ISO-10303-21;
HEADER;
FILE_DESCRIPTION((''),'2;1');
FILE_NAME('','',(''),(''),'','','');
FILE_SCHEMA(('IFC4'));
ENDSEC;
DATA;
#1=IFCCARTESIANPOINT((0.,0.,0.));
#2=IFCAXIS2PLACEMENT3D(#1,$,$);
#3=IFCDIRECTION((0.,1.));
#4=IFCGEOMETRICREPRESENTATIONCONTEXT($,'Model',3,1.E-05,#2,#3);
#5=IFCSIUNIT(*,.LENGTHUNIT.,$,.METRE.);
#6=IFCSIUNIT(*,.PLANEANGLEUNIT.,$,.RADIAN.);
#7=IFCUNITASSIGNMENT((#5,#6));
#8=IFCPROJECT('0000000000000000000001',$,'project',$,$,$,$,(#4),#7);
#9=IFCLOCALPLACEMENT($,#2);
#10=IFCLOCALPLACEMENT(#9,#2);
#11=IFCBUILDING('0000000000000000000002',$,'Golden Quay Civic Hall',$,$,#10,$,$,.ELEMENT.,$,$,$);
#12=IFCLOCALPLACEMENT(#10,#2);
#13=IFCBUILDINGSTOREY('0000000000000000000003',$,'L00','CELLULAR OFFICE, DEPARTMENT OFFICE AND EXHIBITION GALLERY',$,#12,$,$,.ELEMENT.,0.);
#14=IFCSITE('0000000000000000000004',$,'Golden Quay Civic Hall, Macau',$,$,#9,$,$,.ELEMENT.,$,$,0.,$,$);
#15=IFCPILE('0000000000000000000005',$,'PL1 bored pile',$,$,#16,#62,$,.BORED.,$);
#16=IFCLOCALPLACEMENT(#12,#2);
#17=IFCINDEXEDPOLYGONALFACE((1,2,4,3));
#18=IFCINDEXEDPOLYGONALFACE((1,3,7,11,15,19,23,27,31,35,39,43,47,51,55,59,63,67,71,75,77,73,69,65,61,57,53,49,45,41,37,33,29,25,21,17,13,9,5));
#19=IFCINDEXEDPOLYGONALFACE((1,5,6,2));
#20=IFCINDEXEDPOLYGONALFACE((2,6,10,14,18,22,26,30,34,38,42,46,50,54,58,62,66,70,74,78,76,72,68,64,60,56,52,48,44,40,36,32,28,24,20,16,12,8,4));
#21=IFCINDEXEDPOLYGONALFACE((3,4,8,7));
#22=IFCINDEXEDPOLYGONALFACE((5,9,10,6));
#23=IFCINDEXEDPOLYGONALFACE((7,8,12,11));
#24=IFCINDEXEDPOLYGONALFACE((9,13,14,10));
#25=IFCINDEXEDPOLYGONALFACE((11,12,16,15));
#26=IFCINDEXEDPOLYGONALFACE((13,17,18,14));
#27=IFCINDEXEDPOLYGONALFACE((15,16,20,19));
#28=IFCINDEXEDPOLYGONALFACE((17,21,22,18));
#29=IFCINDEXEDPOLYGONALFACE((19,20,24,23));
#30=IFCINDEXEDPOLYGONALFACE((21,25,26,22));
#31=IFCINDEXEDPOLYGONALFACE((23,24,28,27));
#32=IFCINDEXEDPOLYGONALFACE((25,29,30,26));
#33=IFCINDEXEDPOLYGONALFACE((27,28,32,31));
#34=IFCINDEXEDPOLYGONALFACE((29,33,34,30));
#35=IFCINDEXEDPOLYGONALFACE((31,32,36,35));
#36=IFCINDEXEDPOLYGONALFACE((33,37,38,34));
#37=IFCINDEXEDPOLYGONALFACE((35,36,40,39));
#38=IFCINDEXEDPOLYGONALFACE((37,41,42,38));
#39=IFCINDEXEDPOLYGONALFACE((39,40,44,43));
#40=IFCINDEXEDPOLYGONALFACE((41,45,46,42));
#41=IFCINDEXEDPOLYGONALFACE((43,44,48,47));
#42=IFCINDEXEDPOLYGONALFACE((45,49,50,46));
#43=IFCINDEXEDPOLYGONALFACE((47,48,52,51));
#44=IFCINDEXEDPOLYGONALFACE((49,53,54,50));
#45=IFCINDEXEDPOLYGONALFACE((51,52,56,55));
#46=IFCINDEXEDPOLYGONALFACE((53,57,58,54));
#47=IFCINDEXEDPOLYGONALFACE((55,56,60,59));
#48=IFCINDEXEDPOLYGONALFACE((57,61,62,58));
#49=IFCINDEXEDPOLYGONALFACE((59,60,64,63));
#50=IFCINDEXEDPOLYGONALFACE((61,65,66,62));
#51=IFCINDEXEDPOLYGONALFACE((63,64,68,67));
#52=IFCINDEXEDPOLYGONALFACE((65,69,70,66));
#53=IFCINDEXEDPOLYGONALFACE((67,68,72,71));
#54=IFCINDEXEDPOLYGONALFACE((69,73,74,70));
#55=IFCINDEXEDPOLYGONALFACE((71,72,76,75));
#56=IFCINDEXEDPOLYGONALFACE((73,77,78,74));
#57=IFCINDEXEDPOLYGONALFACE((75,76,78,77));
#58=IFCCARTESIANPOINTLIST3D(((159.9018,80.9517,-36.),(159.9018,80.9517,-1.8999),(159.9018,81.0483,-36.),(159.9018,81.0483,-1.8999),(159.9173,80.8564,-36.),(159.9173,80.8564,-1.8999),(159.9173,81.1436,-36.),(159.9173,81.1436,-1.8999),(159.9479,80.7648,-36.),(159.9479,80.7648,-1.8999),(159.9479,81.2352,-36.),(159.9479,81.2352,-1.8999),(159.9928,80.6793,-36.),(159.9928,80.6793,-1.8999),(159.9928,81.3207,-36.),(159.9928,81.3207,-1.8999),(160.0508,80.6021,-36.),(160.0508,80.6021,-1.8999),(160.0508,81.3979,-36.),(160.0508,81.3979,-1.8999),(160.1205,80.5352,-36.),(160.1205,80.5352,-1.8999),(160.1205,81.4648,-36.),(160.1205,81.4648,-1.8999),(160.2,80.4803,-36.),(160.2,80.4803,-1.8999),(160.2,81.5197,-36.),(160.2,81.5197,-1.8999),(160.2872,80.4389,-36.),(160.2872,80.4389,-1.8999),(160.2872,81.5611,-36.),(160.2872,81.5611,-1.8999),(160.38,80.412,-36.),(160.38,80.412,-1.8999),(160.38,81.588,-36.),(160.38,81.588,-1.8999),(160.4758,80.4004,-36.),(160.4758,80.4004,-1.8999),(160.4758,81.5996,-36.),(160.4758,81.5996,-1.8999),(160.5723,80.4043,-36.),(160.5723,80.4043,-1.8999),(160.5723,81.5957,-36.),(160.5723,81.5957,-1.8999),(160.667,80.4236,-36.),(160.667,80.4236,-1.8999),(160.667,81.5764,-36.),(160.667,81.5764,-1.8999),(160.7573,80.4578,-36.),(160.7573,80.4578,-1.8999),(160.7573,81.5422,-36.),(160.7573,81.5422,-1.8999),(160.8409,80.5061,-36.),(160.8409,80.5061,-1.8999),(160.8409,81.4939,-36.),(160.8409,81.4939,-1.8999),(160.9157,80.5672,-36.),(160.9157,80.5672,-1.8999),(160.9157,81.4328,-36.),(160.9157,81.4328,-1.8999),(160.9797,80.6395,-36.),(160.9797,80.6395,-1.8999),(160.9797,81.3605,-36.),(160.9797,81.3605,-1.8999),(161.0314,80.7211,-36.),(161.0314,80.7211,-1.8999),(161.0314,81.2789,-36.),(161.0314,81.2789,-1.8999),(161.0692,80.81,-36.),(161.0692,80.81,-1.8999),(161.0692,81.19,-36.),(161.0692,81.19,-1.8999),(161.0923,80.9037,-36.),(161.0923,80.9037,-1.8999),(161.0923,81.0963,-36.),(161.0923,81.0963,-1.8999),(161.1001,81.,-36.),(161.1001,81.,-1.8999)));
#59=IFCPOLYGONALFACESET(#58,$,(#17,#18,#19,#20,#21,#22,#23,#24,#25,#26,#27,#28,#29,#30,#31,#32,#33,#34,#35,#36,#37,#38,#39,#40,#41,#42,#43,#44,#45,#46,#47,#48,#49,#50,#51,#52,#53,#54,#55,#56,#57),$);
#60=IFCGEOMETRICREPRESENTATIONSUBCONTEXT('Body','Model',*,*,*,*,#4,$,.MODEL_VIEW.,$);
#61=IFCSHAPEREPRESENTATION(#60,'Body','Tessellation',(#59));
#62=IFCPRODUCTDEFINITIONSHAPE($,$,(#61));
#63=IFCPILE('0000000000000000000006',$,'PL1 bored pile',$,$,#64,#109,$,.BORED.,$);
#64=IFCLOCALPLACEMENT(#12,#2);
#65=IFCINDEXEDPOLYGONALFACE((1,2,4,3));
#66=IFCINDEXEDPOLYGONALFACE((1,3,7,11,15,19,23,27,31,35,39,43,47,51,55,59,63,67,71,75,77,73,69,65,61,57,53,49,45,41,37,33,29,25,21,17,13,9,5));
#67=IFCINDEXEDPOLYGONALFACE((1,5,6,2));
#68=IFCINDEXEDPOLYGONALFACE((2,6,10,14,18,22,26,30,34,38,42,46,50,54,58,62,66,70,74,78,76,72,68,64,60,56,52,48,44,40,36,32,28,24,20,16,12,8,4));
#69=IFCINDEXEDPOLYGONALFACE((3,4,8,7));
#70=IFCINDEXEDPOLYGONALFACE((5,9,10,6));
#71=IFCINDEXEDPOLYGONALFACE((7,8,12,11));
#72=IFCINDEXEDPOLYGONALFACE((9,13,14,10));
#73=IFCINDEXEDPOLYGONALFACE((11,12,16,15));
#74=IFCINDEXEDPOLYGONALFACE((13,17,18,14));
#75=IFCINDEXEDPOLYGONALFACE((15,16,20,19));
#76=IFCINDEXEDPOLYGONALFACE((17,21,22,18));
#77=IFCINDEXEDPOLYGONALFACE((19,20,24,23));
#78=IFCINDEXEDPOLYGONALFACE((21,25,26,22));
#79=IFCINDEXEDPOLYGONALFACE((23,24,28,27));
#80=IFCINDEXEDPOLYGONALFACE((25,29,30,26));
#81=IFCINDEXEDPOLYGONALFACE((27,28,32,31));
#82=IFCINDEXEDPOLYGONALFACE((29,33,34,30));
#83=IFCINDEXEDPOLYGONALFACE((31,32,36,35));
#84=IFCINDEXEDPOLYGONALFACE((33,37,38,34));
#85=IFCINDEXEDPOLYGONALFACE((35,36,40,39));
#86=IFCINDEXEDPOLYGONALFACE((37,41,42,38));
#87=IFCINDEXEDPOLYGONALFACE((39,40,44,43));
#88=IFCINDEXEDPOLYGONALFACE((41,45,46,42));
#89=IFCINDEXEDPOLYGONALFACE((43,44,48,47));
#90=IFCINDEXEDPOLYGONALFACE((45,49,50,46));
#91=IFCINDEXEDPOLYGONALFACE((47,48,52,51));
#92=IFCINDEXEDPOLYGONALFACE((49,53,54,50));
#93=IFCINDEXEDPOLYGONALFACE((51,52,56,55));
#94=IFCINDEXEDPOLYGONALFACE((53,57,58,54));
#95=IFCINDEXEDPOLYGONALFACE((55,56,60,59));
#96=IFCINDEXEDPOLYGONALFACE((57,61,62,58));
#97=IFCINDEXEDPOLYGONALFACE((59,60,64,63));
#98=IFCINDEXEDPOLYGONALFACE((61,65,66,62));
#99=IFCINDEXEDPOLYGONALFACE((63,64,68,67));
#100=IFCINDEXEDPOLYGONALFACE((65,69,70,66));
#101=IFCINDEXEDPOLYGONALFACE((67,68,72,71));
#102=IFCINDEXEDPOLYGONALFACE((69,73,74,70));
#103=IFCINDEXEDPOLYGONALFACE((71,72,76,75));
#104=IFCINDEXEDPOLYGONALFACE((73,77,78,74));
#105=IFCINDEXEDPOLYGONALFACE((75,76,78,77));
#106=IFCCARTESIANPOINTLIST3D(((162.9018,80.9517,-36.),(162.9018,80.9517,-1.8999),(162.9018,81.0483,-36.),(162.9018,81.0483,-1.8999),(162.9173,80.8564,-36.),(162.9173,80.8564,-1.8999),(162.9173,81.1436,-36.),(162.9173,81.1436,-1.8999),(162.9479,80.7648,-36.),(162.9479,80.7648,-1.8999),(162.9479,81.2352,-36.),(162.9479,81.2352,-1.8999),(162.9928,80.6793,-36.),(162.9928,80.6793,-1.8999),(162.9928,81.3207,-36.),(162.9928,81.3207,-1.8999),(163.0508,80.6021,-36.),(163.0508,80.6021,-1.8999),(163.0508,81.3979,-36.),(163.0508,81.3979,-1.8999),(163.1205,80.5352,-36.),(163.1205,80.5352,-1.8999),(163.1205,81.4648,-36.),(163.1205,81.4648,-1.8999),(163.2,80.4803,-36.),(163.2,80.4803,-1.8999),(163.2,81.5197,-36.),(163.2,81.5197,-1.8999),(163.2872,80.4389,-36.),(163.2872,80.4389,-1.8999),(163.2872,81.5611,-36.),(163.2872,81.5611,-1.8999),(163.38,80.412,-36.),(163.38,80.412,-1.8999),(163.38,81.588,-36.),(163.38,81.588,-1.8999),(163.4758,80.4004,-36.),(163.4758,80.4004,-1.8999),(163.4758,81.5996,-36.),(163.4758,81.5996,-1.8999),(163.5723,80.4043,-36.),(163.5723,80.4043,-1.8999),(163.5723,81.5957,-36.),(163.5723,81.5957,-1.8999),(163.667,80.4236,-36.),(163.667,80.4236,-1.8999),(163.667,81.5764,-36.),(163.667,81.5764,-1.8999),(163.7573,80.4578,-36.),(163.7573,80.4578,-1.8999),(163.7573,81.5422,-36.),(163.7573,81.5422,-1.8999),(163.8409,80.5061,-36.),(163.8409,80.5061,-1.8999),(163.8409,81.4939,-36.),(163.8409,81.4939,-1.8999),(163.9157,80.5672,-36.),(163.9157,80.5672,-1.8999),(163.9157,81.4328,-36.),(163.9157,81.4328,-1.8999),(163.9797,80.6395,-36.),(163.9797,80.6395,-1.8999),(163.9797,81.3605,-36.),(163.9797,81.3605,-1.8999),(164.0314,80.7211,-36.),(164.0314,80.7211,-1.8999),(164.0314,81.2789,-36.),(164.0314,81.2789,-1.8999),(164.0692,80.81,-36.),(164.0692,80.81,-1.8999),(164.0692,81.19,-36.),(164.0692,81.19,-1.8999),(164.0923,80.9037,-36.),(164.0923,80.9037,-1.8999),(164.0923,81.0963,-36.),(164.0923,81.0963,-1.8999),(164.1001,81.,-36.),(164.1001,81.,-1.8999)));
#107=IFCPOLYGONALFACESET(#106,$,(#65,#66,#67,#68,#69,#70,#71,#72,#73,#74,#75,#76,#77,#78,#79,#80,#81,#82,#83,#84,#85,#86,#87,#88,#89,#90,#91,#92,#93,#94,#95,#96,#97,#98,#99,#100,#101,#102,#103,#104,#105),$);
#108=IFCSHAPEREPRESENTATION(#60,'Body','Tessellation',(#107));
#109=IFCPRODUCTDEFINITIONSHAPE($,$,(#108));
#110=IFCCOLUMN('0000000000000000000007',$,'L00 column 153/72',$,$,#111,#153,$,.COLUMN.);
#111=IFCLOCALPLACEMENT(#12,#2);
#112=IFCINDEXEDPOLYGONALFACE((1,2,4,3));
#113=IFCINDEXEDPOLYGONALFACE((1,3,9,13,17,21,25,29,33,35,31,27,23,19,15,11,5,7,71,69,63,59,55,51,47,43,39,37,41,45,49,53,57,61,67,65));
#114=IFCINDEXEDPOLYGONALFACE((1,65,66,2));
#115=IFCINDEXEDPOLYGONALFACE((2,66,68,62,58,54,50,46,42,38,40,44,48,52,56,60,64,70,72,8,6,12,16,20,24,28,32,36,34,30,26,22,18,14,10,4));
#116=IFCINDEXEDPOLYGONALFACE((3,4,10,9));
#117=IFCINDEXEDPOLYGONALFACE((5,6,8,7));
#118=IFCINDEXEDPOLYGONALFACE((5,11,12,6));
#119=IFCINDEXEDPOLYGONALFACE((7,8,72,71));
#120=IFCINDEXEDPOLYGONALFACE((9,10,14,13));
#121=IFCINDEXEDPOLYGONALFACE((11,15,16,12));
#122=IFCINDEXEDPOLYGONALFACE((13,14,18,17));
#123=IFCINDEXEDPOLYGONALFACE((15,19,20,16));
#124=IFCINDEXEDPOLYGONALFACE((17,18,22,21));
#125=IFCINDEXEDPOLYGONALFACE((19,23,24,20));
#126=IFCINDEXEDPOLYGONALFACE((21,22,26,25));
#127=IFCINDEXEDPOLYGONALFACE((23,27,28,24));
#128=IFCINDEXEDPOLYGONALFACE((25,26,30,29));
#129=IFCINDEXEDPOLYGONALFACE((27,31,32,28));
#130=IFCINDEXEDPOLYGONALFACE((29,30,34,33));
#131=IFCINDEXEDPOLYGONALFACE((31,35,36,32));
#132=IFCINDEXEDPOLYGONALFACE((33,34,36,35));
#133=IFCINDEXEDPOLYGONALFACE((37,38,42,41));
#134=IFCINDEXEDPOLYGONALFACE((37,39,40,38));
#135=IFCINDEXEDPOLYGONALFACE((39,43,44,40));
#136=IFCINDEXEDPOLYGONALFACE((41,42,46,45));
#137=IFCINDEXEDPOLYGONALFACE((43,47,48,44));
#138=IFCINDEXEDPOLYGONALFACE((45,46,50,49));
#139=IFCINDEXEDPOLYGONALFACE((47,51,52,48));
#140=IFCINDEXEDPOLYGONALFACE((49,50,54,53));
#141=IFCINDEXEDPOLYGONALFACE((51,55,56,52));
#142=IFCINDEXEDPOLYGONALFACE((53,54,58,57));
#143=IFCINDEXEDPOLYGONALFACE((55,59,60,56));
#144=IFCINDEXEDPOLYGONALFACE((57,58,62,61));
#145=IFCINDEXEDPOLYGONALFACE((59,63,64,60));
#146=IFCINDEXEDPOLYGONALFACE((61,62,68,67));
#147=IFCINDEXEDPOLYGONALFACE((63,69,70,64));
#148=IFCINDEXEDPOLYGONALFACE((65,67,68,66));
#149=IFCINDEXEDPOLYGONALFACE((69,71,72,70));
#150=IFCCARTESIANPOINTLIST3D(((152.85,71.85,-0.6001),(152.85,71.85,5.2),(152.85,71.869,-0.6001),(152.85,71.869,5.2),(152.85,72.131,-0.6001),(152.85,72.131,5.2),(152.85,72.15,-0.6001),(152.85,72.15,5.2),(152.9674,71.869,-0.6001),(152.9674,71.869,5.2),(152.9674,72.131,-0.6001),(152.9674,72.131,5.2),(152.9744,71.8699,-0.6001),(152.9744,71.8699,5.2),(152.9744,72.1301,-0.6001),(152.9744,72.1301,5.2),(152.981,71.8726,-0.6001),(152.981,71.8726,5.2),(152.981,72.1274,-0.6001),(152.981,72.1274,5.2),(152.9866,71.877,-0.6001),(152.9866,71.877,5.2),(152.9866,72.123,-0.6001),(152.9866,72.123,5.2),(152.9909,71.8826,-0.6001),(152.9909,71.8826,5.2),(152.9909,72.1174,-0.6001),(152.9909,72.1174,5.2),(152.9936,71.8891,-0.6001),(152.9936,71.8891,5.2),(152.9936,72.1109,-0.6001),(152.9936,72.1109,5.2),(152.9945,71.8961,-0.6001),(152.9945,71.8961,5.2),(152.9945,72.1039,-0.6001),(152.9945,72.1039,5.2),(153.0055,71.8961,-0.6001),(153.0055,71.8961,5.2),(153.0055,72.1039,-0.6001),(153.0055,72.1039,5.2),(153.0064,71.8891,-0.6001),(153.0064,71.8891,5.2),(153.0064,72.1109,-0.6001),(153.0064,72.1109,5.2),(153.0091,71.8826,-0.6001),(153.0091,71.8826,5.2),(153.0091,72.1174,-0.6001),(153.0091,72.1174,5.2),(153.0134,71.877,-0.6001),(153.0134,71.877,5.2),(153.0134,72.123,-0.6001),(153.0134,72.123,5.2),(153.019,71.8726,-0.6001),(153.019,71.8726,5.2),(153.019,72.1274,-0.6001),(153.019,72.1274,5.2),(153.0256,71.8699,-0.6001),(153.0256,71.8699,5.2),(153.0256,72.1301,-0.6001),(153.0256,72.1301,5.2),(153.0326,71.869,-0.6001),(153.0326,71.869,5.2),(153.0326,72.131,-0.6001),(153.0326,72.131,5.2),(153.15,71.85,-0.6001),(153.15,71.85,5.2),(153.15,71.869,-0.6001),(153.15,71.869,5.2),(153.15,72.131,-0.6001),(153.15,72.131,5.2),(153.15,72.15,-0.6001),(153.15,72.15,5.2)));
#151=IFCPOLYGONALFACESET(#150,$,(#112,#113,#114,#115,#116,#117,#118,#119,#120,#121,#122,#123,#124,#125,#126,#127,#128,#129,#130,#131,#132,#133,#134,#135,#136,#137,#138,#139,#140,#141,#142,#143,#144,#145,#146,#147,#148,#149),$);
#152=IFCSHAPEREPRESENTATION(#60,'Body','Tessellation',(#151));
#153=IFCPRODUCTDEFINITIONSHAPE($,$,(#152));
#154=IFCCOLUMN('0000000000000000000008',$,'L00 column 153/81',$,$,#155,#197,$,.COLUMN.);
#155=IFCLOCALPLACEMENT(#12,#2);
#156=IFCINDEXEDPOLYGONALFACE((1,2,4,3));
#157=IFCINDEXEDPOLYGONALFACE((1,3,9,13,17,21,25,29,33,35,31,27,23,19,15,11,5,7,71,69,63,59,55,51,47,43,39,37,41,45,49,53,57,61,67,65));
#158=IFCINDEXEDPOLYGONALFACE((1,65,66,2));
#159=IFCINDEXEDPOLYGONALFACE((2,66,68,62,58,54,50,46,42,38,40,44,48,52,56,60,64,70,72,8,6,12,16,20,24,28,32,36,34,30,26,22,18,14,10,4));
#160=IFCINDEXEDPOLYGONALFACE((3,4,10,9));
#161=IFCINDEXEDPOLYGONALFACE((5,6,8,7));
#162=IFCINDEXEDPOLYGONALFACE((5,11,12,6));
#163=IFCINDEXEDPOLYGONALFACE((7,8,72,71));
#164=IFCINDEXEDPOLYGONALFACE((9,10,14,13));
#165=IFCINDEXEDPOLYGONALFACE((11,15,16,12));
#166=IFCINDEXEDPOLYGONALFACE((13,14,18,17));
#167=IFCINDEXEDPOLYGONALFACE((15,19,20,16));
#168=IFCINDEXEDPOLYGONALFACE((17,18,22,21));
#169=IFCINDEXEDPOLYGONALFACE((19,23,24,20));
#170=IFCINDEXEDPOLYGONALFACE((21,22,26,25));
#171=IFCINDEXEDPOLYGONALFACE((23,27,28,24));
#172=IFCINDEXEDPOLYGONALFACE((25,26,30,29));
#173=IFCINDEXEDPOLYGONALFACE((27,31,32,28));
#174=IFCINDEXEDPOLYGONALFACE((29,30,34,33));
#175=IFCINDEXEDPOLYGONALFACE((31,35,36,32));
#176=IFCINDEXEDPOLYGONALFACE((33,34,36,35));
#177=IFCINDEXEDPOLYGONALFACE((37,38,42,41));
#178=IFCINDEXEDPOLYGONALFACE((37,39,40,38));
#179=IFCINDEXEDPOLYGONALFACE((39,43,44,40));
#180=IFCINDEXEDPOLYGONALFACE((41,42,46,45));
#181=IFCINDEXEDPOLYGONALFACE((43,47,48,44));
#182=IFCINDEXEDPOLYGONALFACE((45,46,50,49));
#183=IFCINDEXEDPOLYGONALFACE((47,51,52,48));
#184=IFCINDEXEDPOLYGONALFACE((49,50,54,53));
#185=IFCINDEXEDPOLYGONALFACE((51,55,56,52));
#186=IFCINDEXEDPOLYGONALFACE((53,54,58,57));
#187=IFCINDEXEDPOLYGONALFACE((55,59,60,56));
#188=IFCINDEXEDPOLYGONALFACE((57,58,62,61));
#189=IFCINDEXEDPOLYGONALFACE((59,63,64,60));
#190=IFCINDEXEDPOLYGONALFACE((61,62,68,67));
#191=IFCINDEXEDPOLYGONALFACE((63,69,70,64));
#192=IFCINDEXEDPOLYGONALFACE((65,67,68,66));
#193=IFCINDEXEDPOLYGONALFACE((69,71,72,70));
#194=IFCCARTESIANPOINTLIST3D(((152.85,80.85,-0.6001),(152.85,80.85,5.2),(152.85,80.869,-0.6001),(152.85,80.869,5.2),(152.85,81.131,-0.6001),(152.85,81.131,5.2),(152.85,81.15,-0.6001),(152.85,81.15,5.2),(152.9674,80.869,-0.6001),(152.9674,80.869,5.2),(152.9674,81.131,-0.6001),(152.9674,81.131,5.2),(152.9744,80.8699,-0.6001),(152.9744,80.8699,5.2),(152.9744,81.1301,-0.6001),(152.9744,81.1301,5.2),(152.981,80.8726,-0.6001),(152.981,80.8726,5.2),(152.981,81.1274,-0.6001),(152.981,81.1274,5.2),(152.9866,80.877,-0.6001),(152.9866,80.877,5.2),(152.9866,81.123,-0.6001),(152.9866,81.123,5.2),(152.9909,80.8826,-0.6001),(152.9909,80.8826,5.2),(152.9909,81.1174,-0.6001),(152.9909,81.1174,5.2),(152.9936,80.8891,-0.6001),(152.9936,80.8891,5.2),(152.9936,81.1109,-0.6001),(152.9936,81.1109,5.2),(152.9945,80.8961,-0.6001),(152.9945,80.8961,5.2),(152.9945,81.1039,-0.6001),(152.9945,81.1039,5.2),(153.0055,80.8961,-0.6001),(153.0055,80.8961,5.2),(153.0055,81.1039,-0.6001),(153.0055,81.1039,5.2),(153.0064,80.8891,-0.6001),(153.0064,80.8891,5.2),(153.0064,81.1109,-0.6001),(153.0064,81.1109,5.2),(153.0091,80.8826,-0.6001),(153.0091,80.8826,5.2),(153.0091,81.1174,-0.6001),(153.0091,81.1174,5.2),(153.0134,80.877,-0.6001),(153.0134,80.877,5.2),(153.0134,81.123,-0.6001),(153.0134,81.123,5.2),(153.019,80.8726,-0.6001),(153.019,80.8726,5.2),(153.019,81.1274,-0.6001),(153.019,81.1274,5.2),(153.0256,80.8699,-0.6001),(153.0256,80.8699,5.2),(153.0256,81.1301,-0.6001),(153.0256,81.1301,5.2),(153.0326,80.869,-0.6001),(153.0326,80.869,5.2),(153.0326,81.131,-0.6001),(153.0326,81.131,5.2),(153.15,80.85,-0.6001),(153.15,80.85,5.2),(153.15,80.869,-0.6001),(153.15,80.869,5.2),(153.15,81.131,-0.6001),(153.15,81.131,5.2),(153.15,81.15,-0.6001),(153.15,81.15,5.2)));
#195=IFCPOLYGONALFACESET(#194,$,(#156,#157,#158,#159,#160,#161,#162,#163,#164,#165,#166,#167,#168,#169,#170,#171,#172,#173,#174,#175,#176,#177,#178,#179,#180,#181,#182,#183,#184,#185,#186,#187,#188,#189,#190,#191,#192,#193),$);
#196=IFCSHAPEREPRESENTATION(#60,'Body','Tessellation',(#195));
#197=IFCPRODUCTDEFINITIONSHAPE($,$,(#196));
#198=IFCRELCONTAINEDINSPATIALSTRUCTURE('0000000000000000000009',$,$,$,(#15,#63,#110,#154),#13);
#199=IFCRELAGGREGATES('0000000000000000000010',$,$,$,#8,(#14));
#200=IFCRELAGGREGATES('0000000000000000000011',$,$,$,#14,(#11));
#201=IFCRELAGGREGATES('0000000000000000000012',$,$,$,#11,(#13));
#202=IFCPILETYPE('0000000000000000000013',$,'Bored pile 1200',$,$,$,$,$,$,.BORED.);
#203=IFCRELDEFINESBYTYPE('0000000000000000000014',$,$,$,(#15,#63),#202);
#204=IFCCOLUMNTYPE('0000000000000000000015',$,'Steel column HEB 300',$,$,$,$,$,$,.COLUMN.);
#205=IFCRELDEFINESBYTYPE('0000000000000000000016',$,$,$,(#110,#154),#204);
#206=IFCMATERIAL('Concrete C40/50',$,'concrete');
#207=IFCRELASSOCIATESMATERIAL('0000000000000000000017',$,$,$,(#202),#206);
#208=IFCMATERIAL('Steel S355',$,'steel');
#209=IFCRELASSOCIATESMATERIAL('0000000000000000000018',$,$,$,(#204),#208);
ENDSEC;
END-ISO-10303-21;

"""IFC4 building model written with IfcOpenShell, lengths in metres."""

from ifc_helpers import new_model, si_unit, direction, frame, origin, origin_2d, place, context, subcontext, project, spatial, circle, i_section, extrude, material, material_profile, profile_set, type_object, element, save


model = new_model("IFC4")

# Units and contexts
model_context = context("Model", 3, precision=1e-05, world=origin(), true_north=direction((0.0, 1.0)))
body_context = subcontext(model_context, "Body", "Model", "MODEL_VIEW")
ifc_project = project(units=[si_unit("LENGTHUNIT", "METRE"), si_unit("PLANEANGLEUNIT", "RADIAN")], contexts=[model_context])

# Site, building, storey
site_placement = place(None, origin())
site = spatial("IfcSite", under=ifc_project, at=site_placement, Name="Golden Quay Civic Hall, Macau", CompositionType="ELEMENT", RefElevation=0.0)
building_placement = place(site_placement, origin())
building = spatial("IfcBuilding", under=site, at=building_placement, Name="Golden Quay Civic Hall", CompositionType="ELEMENT")
storey_placement = place(building_placement, origin())
storey = spatial("IfcBuildingStorey", under=building, at=storey_placement, Name="L00", Description="CELLULAR OFFICE, DEPARTMENT OFFICE AND EXHIBITION GALLERY", CompositionType="ELEMENT", Elevation=0.0)

# Piles
ifc_material_1 = material(Name="Concrete C40/50", Category="concrete")
ifc_material_profile_1 = material_profile(ifc_material_1, circle(Radius=0.6001, at=origin_2d()), Name="RC D1200")
ifc_profile_set_1 = profile_set([ifc_material_profile_1], Name="Concrete C40/50")
pile_type = type_object("IfcPileType", Name="Bored pile 1200", PredefinedType="BORED", material=ifc_profile_set_1)
for number, where, z_axis, x_axis, name in (
    (1, (160.5, 81.0, -1.8999), (0.0, 0.0, -1.0), (1.0, 0.0, 0.0), "PL1 bored pile"),
    (2, (163.5, 81.0, -1.8999), (0.0, 0.0, -1.0), (1.0, 0.0, 0.0), "PL1 bored pile"),
):
    element("IfcPile", number, at=place(storey_placement, frame(where, z_axis=z_axis, x_axis=x_axis)), inside=storey, type_object=pile_type, Name=name, PredefinedType="BORED", context=body_context, shape_type="SweptSolid", body=[
        extrude(circle(Radius=0.6001, at=origin_2d()), origin(), (0.0, 0.0, 1.0), 34.1001),
    ])

# Columns
ifc_material_2 = material(Name="Steel S355", Category="steel")
ifc_material_profile_2 = material_profile(ifc_material_2, i_section(OverallWidth=0.3, OverallDepth=0.3, WebThickness=0.011, FlangeThickness=0.019, FilletRadius=0.0271, at=origin_2d()), Name="HEB 300")
ifc_profile_set_2 = profile_set([ifc_material_profile_2], Name="Steel S355")
column_type = type_object("IfcColumnType", Name="Steel column HEB 300", PredefinedType="COLUMN", material=ifc_profile_set_2)
for number, where, z_axis, x_axis, name in (
    (3, (153.0, 72.0, -0.6001), (0.0, 0.0, 1.0), (1.0, 0.0, 0.0), "L00 column 153/72"),
    (4, (153.0, 81.0, -0.6001), (0.0, 0.0, 1.0), (1.0, 0.0, 0.0), "L00 column 153/81"),
):
    element("IfcColumn", number, at=place(storey_placement, frame(where, z_axis=z_axis, x_axis=x_axis)), inside=storey, type_object=column_type, Name=name, PredefinedType="COLUMN", context=body_context, shape_type="SweptSolid", body=[
        extrude(i_section(OverallWidth=0.3, OverallDepth=0.3, WebThickness=0.011, FlangeThickness=0.019, FilletRadius=0.0271, at=origin_2d()), origin(), (0.0, 0.0, 1.0), 5.8),
    ])

save(model, "model.ifc")
